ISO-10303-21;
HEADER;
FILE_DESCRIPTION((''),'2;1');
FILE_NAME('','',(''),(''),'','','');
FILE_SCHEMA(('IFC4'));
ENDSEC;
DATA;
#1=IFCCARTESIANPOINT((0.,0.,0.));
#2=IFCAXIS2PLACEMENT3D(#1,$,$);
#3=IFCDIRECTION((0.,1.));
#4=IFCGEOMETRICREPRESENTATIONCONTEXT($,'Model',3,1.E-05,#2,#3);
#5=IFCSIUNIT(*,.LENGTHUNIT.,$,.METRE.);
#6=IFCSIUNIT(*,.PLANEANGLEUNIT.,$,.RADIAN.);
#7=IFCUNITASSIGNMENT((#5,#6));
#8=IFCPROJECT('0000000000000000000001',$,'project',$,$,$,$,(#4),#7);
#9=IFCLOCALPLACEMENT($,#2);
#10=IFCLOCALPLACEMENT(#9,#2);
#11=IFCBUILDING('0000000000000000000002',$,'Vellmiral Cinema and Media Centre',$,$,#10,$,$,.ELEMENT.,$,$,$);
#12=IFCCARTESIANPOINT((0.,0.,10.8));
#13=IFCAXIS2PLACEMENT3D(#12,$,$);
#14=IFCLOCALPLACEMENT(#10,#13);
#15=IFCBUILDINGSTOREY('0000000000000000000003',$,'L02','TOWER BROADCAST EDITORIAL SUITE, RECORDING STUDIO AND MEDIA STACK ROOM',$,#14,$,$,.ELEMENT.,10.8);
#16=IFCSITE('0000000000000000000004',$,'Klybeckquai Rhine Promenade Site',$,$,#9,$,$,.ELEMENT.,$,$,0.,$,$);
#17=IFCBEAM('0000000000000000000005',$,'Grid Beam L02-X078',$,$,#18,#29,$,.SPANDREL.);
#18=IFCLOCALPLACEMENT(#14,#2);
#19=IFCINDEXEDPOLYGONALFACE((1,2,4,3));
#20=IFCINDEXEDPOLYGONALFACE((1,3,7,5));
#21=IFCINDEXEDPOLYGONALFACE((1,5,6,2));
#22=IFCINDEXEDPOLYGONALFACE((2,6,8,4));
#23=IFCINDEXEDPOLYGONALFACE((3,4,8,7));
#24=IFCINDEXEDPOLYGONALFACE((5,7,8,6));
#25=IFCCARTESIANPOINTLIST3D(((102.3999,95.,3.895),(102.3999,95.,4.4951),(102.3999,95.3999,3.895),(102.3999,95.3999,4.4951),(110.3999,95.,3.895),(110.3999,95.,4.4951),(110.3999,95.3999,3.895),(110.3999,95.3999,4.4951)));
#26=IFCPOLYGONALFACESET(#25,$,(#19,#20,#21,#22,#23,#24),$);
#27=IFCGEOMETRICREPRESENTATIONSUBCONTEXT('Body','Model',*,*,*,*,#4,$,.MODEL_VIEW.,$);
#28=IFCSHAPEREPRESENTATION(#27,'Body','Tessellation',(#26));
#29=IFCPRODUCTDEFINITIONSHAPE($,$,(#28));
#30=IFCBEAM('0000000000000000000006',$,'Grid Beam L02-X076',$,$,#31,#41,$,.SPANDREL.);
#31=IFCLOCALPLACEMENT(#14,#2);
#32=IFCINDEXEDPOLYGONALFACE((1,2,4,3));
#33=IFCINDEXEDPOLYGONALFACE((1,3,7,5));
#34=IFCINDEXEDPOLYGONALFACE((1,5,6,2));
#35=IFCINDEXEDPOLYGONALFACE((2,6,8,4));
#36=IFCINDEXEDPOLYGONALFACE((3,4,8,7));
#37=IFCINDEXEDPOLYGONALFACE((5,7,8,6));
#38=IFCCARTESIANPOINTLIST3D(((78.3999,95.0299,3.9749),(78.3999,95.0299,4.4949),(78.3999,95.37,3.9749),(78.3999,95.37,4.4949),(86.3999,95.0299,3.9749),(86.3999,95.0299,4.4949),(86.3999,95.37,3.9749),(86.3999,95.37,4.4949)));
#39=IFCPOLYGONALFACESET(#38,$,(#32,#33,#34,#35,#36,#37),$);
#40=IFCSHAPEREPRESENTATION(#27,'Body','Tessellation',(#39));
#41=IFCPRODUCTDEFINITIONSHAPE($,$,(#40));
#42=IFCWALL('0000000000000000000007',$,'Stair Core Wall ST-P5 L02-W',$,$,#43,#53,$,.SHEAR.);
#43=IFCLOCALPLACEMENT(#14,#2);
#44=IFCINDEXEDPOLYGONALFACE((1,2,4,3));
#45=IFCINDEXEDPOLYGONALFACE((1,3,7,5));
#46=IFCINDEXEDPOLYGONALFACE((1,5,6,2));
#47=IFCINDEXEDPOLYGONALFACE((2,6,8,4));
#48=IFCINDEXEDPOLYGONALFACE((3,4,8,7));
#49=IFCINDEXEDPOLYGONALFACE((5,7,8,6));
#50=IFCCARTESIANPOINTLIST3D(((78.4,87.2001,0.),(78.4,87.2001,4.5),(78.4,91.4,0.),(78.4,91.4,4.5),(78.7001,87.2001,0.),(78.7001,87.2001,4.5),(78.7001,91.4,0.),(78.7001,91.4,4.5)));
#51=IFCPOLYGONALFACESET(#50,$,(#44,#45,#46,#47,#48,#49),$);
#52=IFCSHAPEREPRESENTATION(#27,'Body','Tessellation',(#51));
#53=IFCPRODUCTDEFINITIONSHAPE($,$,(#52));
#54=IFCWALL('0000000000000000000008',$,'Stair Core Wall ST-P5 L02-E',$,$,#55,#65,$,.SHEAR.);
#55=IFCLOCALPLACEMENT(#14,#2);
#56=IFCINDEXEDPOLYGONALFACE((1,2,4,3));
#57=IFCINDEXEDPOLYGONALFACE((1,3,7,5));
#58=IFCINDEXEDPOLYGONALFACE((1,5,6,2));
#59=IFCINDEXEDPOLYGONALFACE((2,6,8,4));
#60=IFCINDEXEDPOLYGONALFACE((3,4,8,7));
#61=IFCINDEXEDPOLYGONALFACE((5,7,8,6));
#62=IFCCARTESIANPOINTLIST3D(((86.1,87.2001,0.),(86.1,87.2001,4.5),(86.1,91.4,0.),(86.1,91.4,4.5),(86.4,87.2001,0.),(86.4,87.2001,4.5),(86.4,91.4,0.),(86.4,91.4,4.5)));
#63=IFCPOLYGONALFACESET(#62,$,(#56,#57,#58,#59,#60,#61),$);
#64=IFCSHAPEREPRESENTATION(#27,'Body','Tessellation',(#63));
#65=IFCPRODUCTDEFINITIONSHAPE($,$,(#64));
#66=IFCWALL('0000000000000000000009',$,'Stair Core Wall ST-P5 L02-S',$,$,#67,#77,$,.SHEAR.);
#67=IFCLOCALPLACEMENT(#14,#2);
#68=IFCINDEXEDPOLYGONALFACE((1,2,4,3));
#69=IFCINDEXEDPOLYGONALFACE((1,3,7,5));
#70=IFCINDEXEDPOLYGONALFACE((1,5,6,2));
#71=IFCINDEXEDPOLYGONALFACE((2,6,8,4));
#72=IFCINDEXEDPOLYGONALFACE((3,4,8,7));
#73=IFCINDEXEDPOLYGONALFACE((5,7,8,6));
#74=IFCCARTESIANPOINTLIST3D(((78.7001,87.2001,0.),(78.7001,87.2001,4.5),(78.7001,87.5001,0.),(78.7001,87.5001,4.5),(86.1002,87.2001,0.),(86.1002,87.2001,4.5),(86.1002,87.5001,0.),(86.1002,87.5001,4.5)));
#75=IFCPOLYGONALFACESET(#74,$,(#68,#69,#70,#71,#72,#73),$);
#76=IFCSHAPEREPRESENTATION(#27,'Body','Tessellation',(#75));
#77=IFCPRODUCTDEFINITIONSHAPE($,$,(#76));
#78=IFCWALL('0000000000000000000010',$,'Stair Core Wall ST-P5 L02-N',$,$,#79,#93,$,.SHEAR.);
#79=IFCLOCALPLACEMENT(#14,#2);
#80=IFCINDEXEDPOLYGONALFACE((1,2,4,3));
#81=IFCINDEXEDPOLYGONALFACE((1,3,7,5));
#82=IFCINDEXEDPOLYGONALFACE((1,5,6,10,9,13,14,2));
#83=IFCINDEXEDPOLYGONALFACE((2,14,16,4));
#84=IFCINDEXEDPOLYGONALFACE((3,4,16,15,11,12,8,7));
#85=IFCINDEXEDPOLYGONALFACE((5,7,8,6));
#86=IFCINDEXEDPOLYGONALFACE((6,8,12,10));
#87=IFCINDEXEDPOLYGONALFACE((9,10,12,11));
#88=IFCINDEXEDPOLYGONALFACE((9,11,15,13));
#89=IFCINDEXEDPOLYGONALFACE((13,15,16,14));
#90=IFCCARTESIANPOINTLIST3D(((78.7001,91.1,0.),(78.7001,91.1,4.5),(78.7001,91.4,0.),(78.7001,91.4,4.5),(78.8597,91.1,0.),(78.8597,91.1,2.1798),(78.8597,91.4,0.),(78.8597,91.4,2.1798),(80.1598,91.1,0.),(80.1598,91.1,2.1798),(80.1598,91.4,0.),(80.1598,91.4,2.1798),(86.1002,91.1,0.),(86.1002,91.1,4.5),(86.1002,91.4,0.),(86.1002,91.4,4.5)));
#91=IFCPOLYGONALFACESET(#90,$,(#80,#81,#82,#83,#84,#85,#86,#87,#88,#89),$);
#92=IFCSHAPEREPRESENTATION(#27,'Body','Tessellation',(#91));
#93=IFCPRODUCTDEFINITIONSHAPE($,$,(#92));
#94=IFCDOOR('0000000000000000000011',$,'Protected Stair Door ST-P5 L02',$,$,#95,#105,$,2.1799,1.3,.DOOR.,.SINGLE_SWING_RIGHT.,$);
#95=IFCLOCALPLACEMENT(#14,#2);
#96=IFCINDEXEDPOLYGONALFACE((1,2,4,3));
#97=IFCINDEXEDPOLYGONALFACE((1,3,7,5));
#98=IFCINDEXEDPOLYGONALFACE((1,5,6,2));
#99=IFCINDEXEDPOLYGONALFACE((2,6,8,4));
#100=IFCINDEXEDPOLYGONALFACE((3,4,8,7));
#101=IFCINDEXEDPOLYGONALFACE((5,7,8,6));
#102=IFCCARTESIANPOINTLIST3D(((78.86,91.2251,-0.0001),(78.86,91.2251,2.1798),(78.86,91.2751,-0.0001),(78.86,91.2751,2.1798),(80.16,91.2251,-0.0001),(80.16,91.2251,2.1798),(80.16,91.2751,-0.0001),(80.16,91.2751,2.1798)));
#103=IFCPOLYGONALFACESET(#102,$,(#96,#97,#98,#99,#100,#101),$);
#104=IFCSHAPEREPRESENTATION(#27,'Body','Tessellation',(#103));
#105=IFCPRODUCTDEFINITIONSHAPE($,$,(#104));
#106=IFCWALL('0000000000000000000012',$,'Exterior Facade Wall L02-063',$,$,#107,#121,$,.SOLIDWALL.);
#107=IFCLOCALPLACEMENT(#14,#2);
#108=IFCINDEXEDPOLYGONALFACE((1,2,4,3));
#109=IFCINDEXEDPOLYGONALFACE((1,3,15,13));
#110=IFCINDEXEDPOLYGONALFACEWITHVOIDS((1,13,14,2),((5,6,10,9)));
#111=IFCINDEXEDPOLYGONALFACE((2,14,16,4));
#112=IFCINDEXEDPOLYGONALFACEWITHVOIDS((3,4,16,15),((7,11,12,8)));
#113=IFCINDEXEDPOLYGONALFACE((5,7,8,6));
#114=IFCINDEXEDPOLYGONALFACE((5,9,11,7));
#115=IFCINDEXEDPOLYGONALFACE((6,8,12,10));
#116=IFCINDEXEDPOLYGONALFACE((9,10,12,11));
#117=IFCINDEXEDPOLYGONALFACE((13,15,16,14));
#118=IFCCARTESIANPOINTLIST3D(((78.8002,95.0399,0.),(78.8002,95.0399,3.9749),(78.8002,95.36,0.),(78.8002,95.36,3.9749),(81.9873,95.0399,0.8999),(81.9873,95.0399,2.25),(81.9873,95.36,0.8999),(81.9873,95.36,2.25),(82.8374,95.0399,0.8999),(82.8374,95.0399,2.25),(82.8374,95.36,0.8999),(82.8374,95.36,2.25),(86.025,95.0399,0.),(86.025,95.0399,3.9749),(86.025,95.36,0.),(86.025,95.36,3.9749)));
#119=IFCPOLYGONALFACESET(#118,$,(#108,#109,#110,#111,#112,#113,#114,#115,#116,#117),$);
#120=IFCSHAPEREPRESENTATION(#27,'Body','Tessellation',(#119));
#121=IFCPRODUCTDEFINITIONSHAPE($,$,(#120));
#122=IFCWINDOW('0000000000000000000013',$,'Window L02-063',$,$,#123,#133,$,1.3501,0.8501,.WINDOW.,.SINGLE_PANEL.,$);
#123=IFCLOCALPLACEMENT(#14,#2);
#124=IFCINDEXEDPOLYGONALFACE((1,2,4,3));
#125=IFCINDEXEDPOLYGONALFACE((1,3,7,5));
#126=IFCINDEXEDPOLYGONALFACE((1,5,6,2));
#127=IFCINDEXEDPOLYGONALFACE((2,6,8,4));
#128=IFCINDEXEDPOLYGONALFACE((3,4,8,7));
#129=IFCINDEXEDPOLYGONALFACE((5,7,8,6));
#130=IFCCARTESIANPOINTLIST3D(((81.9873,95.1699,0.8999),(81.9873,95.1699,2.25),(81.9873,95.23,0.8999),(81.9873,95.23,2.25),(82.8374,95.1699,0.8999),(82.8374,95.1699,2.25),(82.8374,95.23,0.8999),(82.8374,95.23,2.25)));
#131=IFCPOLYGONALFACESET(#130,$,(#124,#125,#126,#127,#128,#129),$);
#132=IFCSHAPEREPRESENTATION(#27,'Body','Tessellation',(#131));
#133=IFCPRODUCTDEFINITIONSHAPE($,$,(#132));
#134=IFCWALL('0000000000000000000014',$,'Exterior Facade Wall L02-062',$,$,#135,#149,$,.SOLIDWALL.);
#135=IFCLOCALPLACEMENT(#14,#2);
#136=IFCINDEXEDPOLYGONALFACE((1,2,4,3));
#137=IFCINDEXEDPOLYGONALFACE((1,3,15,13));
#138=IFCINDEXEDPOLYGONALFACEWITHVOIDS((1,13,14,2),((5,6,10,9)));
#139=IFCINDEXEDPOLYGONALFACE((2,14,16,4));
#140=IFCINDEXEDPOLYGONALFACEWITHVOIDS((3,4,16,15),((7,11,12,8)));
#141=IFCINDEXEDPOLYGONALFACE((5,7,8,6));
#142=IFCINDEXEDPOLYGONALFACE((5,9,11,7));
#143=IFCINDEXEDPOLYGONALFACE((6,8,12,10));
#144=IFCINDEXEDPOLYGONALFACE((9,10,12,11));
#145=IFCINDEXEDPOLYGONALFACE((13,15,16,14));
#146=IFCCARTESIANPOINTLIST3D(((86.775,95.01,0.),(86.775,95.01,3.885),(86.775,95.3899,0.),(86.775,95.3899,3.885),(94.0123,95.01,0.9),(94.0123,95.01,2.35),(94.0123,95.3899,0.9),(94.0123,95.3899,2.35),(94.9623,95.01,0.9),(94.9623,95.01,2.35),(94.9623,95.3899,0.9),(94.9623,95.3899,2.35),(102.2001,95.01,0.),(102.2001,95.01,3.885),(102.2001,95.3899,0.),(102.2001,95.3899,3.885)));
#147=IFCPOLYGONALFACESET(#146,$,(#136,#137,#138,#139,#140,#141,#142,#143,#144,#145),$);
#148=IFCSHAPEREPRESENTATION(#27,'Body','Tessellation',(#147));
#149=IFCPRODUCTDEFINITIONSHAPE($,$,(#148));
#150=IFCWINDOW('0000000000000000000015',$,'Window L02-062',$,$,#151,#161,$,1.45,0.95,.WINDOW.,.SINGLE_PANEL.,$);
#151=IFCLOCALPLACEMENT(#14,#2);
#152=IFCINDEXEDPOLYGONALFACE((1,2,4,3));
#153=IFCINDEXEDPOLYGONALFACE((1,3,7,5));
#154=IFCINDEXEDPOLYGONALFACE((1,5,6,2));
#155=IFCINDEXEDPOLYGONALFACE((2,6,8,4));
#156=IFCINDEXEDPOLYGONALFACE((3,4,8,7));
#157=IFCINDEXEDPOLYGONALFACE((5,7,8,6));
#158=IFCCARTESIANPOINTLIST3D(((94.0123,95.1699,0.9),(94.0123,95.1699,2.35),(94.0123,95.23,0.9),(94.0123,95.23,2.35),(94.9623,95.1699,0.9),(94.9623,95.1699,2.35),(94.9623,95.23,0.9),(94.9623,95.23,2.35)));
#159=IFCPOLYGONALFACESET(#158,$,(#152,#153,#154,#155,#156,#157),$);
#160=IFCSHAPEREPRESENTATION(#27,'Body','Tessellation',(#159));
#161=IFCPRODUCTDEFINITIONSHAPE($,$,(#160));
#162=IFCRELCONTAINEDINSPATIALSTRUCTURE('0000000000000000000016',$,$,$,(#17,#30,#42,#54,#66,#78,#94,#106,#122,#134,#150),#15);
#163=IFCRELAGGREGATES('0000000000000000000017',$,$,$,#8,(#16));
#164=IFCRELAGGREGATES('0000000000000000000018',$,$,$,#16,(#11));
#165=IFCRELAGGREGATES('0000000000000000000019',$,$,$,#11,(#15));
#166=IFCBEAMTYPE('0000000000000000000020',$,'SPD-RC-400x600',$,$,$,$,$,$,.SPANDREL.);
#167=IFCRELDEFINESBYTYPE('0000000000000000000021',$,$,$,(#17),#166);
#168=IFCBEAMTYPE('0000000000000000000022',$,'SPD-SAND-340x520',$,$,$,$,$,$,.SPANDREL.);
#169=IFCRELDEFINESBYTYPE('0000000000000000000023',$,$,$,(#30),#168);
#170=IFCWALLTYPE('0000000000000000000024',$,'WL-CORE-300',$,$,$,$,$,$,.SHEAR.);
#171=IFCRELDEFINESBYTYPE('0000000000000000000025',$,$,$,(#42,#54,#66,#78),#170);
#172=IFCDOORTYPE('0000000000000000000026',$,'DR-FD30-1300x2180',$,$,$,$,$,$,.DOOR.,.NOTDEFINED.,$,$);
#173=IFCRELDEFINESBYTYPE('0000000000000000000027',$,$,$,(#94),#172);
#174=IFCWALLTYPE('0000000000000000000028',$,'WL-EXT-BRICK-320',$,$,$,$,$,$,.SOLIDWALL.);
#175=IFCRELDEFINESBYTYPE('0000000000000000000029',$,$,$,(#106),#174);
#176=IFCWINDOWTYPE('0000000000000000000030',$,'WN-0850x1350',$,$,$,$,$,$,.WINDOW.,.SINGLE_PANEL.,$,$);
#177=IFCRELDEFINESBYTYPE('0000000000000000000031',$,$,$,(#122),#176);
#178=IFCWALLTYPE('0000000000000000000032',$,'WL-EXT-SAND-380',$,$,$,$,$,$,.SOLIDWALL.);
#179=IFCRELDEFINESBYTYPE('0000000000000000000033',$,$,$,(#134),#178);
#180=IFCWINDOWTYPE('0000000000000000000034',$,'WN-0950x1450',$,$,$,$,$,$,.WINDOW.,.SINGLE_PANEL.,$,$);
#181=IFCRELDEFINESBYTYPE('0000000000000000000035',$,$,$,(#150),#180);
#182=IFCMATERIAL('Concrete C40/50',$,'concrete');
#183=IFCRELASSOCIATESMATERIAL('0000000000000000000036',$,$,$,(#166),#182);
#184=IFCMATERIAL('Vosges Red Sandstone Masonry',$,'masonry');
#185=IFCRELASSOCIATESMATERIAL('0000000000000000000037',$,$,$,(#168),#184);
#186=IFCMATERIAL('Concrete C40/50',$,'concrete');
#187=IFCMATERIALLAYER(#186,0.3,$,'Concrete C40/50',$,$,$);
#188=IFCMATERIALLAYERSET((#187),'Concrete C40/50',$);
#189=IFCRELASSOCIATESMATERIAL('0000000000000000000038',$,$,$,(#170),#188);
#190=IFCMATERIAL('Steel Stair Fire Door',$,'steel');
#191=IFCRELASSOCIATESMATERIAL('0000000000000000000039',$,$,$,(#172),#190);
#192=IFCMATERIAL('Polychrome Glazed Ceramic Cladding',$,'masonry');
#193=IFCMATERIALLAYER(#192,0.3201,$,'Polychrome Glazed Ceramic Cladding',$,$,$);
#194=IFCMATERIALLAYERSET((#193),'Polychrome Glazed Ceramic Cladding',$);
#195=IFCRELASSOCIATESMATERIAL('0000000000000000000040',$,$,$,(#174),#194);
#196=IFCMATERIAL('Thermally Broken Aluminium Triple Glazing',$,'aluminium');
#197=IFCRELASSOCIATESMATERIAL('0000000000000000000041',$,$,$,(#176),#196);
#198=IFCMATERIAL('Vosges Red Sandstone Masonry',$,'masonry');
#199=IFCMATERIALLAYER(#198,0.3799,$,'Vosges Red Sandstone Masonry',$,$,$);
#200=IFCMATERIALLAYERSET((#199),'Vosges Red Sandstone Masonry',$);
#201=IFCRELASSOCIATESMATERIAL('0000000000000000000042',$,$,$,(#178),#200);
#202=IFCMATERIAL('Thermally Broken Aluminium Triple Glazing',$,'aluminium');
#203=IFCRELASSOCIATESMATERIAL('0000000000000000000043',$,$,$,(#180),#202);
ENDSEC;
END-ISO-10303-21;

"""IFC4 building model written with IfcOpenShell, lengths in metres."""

from ifc_helpers import new_model, si_unit, direction, frame, frame_2d, origin, origin_2d, place, context, subcontext, project, spatial, rectangle, extrude, material, layer, layer_set, material_profile, profile_set, type_object, element, fill, save


model = new_model("IFC4")

# Units and contexts
model_context = context("Model", 3, precision=1e-05, world=origin(), true_north=direction((0.0, 1.0)))
body_context = subcontext(model_context, "Body", "Model", "MODEL_VIEW")
ifc_project = project(units=[si_unit("LENGTHUNIT", "METRE"), si_unit("PLANEANGLEUNIT", "RADIAN")], contexts=[model_context])

# Site, building, storey
site_placement = place(None, origin())
site = spatial("IfcSite", under=ifc_project, at=site_placement, Name="Klybeckquai Rhine Promenade Site", CompositionType="ELEMENT", RefElevation=0.0)
building_placement = place(site_placement, origin())
building = spatial("IfcBuilding", under=site, at=building_placement, Name="Vellmiral Cinema and Media Centre", CompositionType="ELEMENT")
storey_placement = place(building_placement, frame((0.0, 0.0, 10.8)))
storey = spatial("IfcBuildingStorey", under=building, at=storey_placement, Name="L02", Description="TOWER BROADCAST EDITORIAL SUITE, RECORDING STUDIO AND MEDIA STACK ROOM", CompositionType="ELEMENT", Elevation=10.8)

# Beams
ifc_material_1 = material(Name="Concrete C40/50", Category="concrete")
ifc_material_profile_1 = material_profile(ifc_material_1, rectangle(XDim=0.3999, YDim=0.6001, at=origin_2d()), Name="RC 400x600")
ifc_profile_set_1 = profile_set([ifc_material_profile_1], Name="Concrete C40/50")
beam_type_1 = type_object("IfcBeamType", Name="SPD-RC-400x600", PredefinedType="SPANDREL", material=ifc_profile_set_1)
beam_1_placement = place(storey_placement, frame((102.3999, 95.2, 4.1951), z_axis=(1.0, 0.0, 0.0), x_axis=(0.0, 1.0, 0.0)))
element("IfcBeam", 1, at=beam_1_placement, inside=storey, type_object=beam_type_1, Name="Grid Beam L02-X078", PredefinedType="SPANDREL", context=body_context, shape_type="SweptSolid", body=[
    extrude(rectangle(XDim=0.3999, YDim=0.6001, at=origin_2d()), origin(), (0.0, 0.0, 1.0), 8.0),
])
ifc_material_2 = material(Name="Vosges Red Sandstone Masonry", Category="masonry")
ifc_material_profile_2 = material_profile(ifc_material_2, rectangle(XDim=0.3401, YDim=0.52, at=origin_2d()), Name="SAND 340x520")
ifc_profile_set_2 = profile_set([ifc_material_profile_2], Name="Vosges Red Sandstone Masonry")
beam_type_2 = type_object("IfcBeamType", Name="SPD-SAND-340x520", PredefinedType="SPANDREL", material=ifc_profile_set_2)
beam_2_placement = place(storey_placement, frame((78.3999, 95.2, 4.2349), z_axis=(1.0, 0.0, 0.0), x_axis=(0.0, 1.0, 0.0)))
element("IfcBeam", 2, at=beam_2_placement, inside=storey, type_object=beam_type_2, Name="Grid Beam L02-X076", PredefinedType="SPANDREL", context=body_context, shape_type="SweptSolid", body=[
    extrude(rectangle(XDim=0.3401, YDim=0.52, at=origin_2d()), origin(), (0.0, 0.0, 1.0), 8.0),
])

# Walls
ifc_material_3 = material(Name="Concrete C40/50", Category="concrete")
ifc_layer_1 = layer(ifc_material_3, 0.3, Name="Concrete C40/50")
ifc_layer_set_1 = layer_set([ifc_layer_1], Name="Concrete C40/50")
wall_type_1 = type_object("IfcWallType", Name="WL-CORE-300", PredefinedType="SHEAR", material=ifc_layer_set_1)
for number, where, z_axis, x_axis, name in (
    (3, (78.55, 87.2, 0.0), (0.0, 0.0, 1.0), (0.0, 1.0, 0.0), "Stair Core Wall ST-P5 L02-W"),
    (4, (86.25, 87.2, 0.0), (0.0, 0.0, 1.0), (0.0, 1.0, 0.0), "Stair Core Wall ST-P5 L02-E"),
):
    element("IfcWall", number, at=place(storey_placement, frame(where, z_axis=z_axis, x_axis=x_axis)), inside=storey, type_object=wall_type_1, Name=name, PredefinedType="SHEAR", context=body_context, shape_type="SweptSolid", body=[
        extrude(rectangle(XDim=4.2, YDim=0.3, at=frame_2d((2.1001, 0.0))), origin(), (0.0, 0.0, 1.0), 4.5),
    ])
wall_1_placement = place(storey_placement, frame((78.7, 87.3501, 0.0), z_axis=(0.0, 0.0, 1.0), x_axis=(1.0, 0.0, 0.0)))
element("IfcWall", 5, at=wall_1_placement, inside=storey, type_object=wall_type_1, Name="Stair Core Wall ST-P5 L02-S", PredefinedType="SHEAR", context=body_context, shape_type="SweptSolid", body=[
    extrude(rectangle(XDim=7.4001, YDim=0.3, at=frame_2d((3.7002, 0.0))), origin(), (0.0, 0.0, 1.0), 4.5),
])

# Wall, opening, door
wall_2_placement = place(storey_placement, frame((78.7, 91.25, 0.0), z_axis=(0.0, 0.0, 1.0), x_axis=(1.0, 0.0, 0.0)))
wall_2 = element("IfcWall", 6, at=wall_2_placement, inside=storey, type_object=wall_type_1, Name="Stair Core Wall ST-P5 L02-N", PredefinedType="SHEAR", context=body_context, shape_type="SweptSolid", body=[
    extrude(rectangle(XDim=7.4001, YDim=0.3, at=frame_2d((3.7002, 0.0))), origin(), (0.0, 0.0, 1.0), 4.5),
])
opening_1_placement = place(wall_2_placement, frame((0.1599, 0.0, 0.0)))
opening_1 = element("IfcOpeningElement", 7, at=opening_1_placement, cuts=wall_2, PredefinedType="OPENING", context=body_context, shape_type="SweptSolid", body=[
    extrude(rectangle(XDim=1.3, YDim=2.1799, at=frame_2d((0.6499, 1.0898))), frame((0.0, 0.1621, 0.0), z_axis=(0.0, -1.0, 0.0), x_axis=(1.0, 0.0, 0.0)), (0.0, 0.0, 1.0), 0.324),
])
ifc_material_4 = material(Name="Steel Stair Fire Door", Category="steel")
door_type_1 = type_object("IfcDoorType", Name="DR-FD30-1300x2180", OperationType="NOTDEFINED", PredefinedType="DOOR", material=ifc_material_4)
door_1_placement = place(opening_1_placement, frame((1.3, 0.0, 0.0), z_axis=(0.0, 0.0, 1.0), x_axis=(-1.0, 0.0, 0.0)))
door_1 = element("IfcDoor", 8, at=door_1_placement, inside=storey, type_object=door_type_1, Name="Protected Stair Door ST-P5 L02", OperationType="SINGLE_SWING_RIGHT", OverallHeight=2.1799, OverallWidth=1.3, PredefinedType="DOOR", context=body_context, shape_type="SweptSolid", body=[
    extrude(rectangle(XDim=1.3, YDim=2.1799, at=frame_2d((0.6499, 1.0898))), frame((0.0, 0.0249, 0.0), z_axis=(0.0, -1.0, 0.0), x_axis=(1.0, 0.0, 0.0)), (0.0, 0.0, 1.0), 0.05),
])
fill(opening_1, door_1)

# Walls, openings, windows
ifc_material_5 = material(Name="Polychrome Glazed Ceramic Cladding", Category="masonry")
ifc_layer_2 = layer(ifc_material_5, 0.3201, Name="Polychrome Glazed Ceramic Cladding")
ifc_layer_set_2 = layer_set([ifc_layer_2], Name="Polychrome Glazed Ceramic Cladding")
wall_type_2 = type_object("IfcWallType", Name="WL-EXT-BRICK-320", PredefinedType="SOLIDWALL", material=ifc_layer_set_2)
wall_3_placement = place(storey_placement, frame((86.0249, 95.2, 0.0), z_axis=(0.0, 0.0, 1.0), x_axis=(-1.0, 0.0, 0.0)))
wall_3 = element("IfcWall", 9, at=wall_3_placement, inside=storey, type_object=wall_type_2, Name="Exterior Facade Wall L02-063", PredefinedType="SOLIDWALL", context=body_context, shape_type="SweptSolid", body=[
    extrude(rectangle(XDim=7.2249, YDim=0.3201, at=frame_2d((3.6123, 0.0))), origin(), (0.0, 0.0, 1.0), 3.9749),
])
opening_2_placement = place(wall_3_placement, frame((3.1875, 0.0, 0.8999)))
opening_2 = element("IfcOpeningElement", 10, at=opening_2_placement, cuts=wall_3, PredefinedType="OPENING", context=body_context, shape_type="SweptSolid", body=[
    extrude(rectangle(XDim=0.8501, YDim=1.3501, at=frame_2d((0.425, 0.675))), frame((0.0, 0.1719, 0.0), z_axis=(0.0, -1.0, 0.0), x_axis=(1.0, 0.0, 0.0)), (0.0, 0.0, 1.0), 0.344),
])
ifc_material_6 = material(Name="Thermally Broken Aluminium Triple Glazing", Category="aluminium")
window_type_1 = type_object("IfcWindowType", Name="WN-0850x1350", PartitioningType="SINGLE_PANEL", PredefinedType="WINDOW", material=ifc_material_6)
window_1_placement = place(opening_2_placement, origin())
window_1 = element("IfcWindow", 11, at=window_1_placement, inside=storey, type_object=window_type_1, Name="Window L02-063", OverallHeight=1.3501, OverallWidth=0.8501, PartitioningType="SINGLE_PANEL", PredefinedType="WINDOW", context=body_context, shape_type="SweptSolid", body=[
    extrude(rectangle(XDim=0.8501, YDim=1.3501, at=frame_2d((0.425, 0.675))), frame((0.0, 0.03, 0.0), z_axis=(0.0, -1.0, 0.0), x_axis=(1.0, 0.0, 0.0)), (0.0, 0.0, 1.0), 0.0601),
])
fill(opening_2, window_1)
ifc_material_7 = material(Name="Vosges Red Sandstone Masonry", Category="masonry")
ifc_layer_3 = layer(ifc_material_7, 0.3799, Name="Vosges Red Sandstone Masonry")
ifc_layer_set_3 = layer_set([ifc_layer_3], Name="Vosges Red Sandstone Masonry")
wall_type_3 = type_object("IfcWallType", Name="WL-EXT-SAND-380", PredefinedType="SOLIDWALL", material=ifc_layer_set_3)
wall_4_placement = place(storey_placement, frame((102.2, 95.2, 0.0), z_axis=(0.0, 0.0, 1.0), x_axis=(-1.0, 0.0, 0.0)))
wall_4 = element("IfcWall", 12, at=wall_4_placement, inside=storey, type_object=wall_type_3, Name="Exterior Facade Wall L02-062", PredefinedType="SOLIDWALL", context=body_context, shape_type="SweptSolid", body=[
    extrude(rectangle(XDim=15.425, YDim=0.3799, at=frame_2d((7.7124, 0.0))), origin(), (0.0, 0.0, 1.0), 3.885),
])
opening_3_placement = place(wall_4_placement, frame((7.2375, 0.0, 0.8999)))
opening_3 = element("IfcOpeningElement", 13, at=opening_3_placement, cuts=wall_4, PredefinedType="OPENING", context=body_context, shape_type="SweptSolid", body=[
    extrude(rectangle(XDim=0.95, YDim=1.45, at=frame_2d((0.4751, 0.7251))), frame((0.0, 0.2019, 0.0), z_axis=(0.0, -1.0, 0.0), x_axis=(1.0, 0.0, 0.0)), (0.0, 0.0, 1.0), 0.4038),
])
ifc_material_8 = material(Name="Thermally Broken Aluminium Triple Glazing", Category="aluminium")
window_type_2 = type_object("IfcWindowType", Name="WN-0950x1450", PartitioningType="SINGLE_PANEL", PredefinedType="WINDOW", material=ifc_material_8)
window_2_placement = place(opening_3_placement, origin())
window_2 = element("IfcWindow", 14, at=window_2_placement, inside=storey, type_object=window_type_2, Name="Window L02-062", OverallHeight=1.45, OverallWidth=0.95, PartitioningType="SINGLE_PANEL", PredefinedType="WINDOW", context=body_context, shape_type="SweptSolid", body=[
    extrude(rectangle(XDim=0.95, YDim=1.45, at=frame_2d((0.4751, 0.7251))), frame((0.0, 0.03, 0.0), z_axis=(0.0, -1.0, 0.0), x_axis=(1.0, 0.0, 0.0)), (0.0, 0.0, 1.0), 0.0601),
])
fill(opening_3, window_2)

save(model, "model.ifc")
